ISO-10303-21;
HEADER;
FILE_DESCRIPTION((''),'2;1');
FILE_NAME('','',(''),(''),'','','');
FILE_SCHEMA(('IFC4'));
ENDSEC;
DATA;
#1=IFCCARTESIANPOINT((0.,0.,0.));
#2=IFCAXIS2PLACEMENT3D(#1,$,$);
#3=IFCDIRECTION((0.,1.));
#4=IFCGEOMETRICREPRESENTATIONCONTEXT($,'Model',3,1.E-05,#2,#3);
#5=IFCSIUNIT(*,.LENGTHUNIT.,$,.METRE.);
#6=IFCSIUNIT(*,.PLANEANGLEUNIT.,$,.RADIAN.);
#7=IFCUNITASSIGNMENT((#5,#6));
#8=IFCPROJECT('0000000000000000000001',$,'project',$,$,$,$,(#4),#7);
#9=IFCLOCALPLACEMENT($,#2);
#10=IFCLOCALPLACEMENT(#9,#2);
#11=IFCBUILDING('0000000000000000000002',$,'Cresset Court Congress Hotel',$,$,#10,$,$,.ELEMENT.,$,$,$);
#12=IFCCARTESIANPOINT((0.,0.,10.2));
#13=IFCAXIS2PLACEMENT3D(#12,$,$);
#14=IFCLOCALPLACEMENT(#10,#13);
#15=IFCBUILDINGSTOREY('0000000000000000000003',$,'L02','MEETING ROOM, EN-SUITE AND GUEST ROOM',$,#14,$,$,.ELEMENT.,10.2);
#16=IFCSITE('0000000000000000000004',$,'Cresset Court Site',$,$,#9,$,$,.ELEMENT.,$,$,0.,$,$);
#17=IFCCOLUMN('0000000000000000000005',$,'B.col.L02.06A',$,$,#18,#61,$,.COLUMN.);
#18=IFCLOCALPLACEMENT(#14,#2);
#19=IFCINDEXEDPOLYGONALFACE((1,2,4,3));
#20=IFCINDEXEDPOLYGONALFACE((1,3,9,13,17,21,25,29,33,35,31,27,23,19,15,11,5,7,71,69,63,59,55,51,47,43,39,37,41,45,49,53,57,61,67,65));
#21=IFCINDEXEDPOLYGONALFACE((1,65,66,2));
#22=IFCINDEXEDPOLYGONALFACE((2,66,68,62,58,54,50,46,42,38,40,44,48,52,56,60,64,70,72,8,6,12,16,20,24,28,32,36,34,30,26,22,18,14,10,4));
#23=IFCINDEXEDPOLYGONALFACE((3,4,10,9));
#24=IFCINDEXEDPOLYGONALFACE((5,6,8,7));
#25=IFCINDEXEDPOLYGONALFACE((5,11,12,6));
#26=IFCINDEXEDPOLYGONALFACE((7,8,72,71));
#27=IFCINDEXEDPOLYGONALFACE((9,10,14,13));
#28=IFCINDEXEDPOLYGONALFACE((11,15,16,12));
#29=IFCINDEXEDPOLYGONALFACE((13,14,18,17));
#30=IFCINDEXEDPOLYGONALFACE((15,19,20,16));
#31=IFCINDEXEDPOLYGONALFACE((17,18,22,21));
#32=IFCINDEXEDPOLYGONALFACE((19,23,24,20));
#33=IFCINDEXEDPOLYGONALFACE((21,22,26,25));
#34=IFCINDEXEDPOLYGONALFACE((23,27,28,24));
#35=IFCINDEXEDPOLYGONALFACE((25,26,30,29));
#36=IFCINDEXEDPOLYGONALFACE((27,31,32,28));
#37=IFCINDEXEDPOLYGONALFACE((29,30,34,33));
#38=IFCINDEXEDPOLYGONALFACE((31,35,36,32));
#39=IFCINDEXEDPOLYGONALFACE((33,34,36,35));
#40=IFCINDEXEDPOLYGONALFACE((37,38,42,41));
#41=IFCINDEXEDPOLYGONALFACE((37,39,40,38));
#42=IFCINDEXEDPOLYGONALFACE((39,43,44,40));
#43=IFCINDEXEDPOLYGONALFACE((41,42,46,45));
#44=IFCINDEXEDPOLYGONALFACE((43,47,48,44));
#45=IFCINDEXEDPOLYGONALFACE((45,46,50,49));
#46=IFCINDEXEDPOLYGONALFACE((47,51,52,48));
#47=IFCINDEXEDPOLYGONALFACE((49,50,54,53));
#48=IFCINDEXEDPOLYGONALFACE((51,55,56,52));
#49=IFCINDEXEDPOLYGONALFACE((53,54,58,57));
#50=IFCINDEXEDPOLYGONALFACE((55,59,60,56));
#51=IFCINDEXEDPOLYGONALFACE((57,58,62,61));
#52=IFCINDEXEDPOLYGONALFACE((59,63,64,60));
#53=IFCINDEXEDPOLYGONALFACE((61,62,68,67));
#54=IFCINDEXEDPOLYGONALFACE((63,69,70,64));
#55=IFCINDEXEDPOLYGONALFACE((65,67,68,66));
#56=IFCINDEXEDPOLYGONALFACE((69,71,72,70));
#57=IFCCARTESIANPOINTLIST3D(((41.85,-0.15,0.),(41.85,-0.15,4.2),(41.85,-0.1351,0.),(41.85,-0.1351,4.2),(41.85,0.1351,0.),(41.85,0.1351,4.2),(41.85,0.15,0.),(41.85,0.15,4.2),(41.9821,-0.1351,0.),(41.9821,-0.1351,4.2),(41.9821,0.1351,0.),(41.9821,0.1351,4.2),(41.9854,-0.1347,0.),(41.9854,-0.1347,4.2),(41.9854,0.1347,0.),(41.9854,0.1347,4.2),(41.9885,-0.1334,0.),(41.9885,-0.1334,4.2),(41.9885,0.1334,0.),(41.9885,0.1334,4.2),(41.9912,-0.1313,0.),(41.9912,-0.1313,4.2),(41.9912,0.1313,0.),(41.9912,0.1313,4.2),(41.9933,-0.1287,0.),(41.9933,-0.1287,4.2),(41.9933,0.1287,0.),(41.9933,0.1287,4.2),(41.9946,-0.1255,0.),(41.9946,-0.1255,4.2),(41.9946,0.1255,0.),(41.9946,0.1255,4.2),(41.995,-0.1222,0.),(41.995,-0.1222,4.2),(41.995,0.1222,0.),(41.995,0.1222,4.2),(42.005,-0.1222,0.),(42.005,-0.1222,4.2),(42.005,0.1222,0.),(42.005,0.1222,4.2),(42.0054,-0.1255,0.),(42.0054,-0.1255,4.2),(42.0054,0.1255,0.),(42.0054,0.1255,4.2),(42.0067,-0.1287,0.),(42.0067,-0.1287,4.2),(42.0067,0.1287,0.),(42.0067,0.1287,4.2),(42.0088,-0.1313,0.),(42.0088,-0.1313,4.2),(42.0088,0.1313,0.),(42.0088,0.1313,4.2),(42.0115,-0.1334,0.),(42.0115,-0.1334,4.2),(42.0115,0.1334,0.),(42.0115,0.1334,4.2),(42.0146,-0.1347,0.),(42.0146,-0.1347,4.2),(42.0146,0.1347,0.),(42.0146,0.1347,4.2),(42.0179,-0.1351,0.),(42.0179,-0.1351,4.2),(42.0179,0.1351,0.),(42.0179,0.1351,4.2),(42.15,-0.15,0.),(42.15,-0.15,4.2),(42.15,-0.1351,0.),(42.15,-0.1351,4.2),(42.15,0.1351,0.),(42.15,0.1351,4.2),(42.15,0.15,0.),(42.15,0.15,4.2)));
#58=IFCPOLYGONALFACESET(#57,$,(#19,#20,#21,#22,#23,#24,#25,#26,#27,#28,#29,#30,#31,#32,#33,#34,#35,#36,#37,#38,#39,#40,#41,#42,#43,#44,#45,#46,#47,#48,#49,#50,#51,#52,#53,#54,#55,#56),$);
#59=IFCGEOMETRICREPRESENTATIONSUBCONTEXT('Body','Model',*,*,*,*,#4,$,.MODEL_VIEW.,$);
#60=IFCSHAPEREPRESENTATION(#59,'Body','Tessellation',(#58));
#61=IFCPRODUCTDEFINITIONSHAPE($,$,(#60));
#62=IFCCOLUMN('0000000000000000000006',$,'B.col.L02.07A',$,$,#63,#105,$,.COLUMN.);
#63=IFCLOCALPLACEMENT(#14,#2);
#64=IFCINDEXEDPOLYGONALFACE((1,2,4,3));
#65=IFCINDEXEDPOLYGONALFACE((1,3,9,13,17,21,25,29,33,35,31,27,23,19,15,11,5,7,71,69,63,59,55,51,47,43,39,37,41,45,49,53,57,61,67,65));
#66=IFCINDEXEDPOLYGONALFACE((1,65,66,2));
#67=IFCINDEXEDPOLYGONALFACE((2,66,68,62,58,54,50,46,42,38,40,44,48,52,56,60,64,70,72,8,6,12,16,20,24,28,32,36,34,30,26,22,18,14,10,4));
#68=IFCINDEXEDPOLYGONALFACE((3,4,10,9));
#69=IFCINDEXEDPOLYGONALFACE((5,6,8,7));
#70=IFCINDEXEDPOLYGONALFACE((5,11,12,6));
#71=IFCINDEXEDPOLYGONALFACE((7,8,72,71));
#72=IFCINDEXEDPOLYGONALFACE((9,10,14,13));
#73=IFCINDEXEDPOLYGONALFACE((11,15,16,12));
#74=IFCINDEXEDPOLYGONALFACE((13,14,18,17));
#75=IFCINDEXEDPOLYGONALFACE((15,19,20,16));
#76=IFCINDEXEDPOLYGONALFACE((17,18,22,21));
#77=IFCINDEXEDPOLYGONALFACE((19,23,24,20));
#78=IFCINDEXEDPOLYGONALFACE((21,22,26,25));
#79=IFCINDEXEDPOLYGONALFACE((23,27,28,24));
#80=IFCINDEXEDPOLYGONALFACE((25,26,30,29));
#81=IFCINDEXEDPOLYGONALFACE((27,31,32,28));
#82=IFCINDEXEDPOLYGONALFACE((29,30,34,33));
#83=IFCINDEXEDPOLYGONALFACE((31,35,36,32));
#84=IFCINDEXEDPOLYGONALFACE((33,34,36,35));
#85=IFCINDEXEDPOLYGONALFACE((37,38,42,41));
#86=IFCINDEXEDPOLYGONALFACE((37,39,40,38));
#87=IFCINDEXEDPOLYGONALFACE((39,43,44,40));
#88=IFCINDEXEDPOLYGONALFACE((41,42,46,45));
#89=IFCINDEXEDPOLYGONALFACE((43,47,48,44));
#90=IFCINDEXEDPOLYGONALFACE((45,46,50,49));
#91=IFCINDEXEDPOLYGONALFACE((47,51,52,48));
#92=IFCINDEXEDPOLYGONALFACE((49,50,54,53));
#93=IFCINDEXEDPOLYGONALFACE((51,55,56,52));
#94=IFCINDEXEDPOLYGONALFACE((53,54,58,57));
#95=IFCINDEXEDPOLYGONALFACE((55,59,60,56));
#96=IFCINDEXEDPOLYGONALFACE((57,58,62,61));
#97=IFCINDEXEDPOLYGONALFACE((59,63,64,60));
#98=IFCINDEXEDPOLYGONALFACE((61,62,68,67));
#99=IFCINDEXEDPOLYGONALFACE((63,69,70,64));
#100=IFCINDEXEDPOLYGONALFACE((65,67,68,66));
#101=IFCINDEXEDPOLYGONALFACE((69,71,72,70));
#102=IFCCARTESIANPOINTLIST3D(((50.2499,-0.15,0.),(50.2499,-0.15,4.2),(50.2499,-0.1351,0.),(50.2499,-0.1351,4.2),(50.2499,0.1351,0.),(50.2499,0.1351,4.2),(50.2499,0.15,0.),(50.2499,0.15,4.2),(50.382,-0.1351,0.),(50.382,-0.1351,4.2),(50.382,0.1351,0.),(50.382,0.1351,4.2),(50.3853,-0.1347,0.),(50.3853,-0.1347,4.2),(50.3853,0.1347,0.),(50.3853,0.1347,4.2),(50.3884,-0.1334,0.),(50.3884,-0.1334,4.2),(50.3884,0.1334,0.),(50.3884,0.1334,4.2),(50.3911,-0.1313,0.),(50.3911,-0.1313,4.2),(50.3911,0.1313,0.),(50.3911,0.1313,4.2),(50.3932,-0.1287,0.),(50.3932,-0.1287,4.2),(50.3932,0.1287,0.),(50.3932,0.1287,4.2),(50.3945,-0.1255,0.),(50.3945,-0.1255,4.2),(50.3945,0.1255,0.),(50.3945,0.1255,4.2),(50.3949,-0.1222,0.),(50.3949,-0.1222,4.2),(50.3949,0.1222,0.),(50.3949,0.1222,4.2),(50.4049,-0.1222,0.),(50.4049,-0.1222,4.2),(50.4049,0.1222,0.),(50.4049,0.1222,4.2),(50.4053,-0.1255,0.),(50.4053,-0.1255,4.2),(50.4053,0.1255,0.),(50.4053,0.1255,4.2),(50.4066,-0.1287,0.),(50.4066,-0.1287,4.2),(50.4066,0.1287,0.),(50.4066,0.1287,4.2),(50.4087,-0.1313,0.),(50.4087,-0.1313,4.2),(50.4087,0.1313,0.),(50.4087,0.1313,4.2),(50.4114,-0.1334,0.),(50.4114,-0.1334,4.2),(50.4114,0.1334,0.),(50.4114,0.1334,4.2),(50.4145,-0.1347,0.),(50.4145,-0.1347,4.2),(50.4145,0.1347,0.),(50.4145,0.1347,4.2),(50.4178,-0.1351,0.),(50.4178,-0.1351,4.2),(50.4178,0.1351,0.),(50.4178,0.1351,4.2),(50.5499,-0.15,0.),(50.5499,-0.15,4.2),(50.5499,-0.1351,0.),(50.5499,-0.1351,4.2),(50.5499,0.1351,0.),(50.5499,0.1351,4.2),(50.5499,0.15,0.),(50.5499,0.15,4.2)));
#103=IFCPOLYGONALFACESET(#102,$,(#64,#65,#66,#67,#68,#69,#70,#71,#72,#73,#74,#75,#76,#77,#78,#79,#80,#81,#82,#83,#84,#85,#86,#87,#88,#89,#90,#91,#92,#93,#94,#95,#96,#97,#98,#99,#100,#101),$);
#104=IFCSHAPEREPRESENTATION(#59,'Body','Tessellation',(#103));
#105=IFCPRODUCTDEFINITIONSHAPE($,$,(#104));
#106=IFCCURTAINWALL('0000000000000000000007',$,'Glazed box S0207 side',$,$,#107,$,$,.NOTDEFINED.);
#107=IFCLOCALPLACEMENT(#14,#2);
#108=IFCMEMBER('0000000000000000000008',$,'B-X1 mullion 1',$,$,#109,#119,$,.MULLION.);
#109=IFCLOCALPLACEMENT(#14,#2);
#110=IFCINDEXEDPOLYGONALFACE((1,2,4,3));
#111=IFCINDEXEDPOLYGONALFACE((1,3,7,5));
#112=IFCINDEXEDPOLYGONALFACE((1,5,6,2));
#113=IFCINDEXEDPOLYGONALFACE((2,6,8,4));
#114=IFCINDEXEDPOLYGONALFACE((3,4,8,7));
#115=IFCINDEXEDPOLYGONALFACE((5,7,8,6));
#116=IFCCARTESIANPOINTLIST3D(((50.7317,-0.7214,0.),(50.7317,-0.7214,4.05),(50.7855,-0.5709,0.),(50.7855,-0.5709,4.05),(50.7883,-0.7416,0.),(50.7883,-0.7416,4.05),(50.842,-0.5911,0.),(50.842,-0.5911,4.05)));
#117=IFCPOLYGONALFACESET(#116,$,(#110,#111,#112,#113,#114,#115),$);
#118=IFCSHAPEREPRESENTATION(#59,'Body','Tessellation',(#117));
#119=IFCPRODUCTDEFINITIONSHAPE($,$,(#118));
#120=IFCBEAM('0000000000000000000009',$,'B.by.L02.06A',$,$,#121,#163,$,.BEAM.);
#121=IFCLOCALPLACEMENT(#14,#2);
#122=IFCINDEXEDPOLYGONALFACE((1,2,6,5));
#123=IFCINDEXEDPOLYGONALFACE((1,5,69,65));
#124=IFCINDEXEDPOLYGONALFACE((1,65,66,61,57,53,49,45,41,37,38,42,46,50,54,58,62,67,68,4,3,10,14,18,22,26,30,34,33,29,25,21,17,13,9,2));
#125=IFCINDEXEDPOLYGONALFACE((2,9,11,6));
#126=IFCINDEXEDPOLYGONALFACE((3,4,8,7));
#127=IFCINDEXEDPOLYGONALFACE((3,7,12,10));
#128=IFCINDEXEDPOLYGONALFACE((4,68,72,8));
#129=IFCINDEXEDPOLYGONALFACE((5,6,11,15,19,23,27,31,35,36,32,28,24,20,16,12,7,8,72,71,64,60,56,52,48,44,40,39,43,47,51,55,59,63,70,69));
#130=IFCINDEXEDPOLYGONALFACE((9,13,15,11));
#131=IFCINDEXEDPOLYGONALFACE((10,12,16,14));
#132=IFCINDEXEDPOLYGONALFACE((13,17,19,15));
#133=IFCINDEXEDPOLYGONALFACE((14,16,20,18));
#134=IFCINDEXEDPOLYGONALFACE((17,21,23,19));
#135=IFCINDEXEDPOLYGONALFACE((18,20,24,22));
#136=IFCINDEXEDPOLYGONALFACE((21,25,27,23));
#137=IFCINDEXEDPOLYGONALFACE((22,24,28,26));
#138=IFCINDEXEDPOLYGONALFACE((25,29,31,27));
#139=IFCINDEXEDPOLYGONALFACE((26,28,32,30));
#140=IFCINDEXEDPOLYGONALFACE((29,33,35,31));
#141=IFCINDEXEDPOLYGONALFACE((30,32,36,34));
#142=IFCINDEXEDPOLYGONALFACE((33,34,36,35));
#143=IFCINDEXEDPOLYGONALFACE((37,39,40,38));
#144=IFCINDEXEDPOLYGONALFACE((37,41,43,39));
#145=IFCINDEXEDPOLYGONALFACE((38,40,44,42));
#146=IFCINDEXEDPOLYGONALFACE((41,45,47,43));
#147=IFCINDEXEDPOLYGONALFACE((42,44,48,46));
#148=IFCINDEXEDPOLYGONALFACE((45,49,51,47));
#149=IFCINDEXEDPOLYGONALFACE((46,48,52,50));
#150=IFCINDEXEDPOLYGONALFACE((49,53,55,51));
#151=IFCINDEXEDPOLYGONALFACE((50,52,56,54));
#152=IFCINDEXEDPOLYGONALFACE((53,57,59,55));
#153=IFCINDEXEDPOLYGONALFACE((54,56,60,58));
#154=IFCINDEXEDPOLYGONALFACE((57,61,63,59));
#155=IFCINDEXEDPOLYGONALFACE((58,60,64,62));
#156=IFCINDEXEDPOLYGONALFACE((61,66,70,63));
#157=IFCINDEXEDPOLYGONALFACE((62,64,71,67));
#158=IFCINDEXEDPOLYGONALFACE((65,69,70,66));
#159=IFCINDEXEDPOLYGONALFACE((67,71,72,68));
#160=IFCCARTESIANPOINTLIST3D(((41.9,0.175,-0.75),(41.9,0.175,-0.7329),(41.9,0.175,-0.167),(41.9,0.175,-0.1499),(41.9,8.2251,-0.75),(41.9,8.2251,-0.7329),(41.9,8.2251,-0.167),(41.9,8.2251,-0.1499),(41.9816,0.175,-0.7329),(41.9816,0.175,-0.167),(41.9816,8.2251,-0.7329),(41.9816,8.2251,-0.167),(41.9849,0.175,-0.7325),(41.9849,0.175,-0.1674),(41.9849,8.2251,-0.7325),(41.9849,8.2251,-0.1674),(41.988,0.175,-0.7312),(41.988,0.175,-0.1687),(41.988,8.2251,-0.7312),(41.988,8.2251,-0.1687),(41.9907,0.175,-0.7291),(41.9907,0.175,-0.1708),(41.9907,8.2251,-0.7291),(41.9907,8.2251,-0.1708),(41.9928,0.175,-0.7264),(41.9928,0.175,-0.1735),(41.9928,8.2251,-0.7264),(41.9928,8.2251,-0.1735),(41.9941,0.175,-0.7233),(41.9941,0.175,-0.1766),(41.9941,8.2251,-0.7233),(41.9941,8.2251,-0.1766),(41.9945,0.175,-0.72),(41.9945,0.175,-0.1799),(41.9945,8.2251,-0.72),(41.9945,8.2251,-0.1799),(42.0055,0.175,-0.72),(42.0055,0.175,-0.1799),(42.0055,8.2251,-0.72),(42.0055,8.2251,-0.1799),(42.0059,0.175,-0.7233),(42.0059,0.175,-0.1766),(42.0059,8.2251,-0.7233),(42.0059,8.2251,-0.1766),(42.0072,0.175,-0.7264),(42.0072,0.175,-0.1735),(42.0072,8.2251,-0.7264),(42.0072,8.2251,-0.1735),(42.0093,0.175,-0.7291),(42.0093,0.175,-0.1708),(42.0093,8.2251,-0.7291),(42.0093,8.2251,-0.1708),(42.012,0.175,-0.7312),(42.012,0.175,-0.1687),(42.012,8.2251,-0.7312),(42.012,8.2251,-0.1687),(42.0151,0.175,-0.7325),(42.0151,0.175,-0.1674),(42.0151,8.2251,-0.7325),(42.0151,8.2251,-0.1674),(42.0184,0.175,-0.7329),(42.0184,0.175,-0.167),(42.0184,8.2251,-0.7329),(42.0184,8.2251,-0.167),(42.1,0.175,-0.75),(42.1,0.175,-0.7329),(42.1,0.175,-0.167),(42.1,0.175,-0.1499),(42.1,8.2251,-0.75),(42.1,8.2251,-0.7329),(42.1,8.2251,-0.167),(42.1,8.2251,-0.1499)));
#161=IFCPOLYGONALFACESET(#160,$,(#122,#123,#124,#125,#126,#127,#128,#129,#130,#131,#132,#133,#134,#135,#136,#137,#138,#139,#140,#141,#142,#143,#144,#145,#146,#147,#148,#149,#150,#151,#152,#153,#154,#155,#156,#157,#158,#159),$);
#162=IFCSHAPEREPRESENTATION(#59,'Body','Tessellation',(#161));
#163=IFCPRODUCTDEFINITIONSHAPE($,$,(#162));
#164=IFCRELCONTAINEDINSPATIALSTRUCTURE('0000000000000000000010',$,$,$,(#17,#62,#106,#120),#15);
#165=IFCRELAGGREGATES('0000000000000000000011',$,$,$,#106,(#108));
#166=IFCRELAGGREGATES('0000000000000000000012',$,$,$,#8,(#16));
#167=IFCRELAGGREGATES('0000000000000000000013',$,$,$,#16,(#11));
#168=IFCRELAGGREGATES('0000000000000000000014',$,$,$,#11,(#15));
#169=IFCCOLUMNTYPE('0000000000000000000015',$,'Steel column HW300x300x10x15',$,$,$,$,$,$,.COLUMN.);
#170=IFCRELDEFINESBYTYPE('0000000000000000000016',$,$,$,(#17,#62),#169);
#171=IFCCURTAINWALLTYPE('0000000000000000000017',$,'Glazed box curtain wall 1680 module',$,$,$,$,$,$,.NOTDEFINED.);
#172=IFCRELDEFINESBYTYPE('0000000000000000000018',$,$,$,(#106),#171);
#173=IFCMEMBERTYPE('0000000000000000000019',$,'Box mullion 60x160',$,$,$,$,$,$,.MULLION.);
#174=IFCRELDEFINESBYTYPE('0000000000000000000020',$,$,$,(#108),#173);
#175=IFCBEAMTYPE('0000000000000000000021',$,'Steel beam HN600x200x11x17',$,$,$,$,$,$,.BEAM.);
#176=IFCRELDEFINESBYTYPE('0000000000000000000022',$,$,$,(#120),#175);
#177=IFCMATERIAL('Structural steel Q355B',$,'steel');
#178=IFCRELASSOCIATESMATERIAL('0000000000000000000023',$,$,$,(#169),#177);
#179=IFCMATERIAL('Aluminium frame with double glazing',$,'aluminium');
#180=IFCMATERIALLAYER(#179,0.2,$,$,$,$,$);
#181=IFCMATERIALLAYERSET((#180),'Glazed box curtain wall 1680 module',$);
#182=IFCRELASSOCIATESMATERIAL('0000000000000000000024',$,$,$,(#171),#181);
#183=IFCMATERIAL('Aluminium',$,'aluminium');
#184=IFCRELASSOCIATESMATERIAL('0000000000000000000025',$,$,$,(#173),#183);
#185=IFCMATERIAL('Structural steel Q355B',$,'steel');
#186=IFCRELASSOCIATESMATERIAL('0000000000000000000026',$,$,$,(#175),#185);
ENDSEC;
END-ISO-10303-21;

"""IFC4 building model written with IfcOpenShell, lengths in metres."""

from ifc_helpers import new_model, si_unit, direction, frame, origin, origin_2d, place, context, subcontext, project, spatial, rectangle, i_section, extrude, material, layer, layer_set, material_profile, profile_set, type_object, element, aggregate, save


model = new_model("IFC4")

# Units and contexts
model_context = context("Model", 3, precision=1e-05, world=origin(), true_north=direction((0.0, 1.0)))
body_context = subcontext(model_context, "Body", "Model", "MODEL_VIEW")
ifc_project = project(units=[si_unit("LENGTHUNIT", "METRE"), si_unit("PLANEANGLEUNIT", "RADIAN")], contexts=[model_context])

# Site, building, storey
site_placement = place(None, origin())
site = spatial("IfcSite", under=ifc_project, at=site_placement, Name="Cresset Court Site", CompositionType="ELEMENT", RefElevation=0.0)
building_placement = place(site_placement, origin())
building = spatial("IfcBuilding", under=site, at=building_placement, Name="Cresset Court Congress Hotel", CompositionType="ELEMENT")
storey_placement = place(building_placement, frame((0.0, 0.0, 10.2)))
storey = spatial("IfcBuildingStorey", under=building, at=storey_placement, Name="L02", Description="MEETING ROOM, EN-SUITE AND GUEST ROOM", CompositionType="ELEMENT", Elevation=10.2)

# Columns
ifc_material_1 = material(Name="Structural steel Q355B", Category="steel")
ifc_material_profile_1 = material_profile(ifc_material_1, i_section(OverallWidth=0.3, OverallDepth=0.3, WebThickness=0.01, FlangeThickness=0.0149, FilletRadius=0.0129, at=origin_2d()), Name="HW300x300x10x15")
ifc_profile_set_1 = profile_set([ifc_material_profile_1], Name="Structural steel Q355B")
column_type = type_object("IfcColumnType", Name="Steel column HW300x300x10x15", PredefinedType="COLUMN", material=ifc_profile_set_1)
for number, where, z_axis, x_axis, name in (
    (1, (42.0, 0.0, 0.0), (0.0, 0.0, 1.0), (1.0, 0.0, 0.0), "B.col.L02.06A"),
    (2, (50.3999, 0.0, 0.0), (0.0, 0.0, 1.0), (1.0, 0.0, 0.0), "B.col.L02.07A"),
):
    element("IfcColumn", number, at=place(storey_placement, frame(where, z_axis=z_axis, x_axis=x_axis)), inside=storey, type_object=column_type, Name=name, PredefinedType="COLUMN", context=body_context, shape_type="SweptSolid", body=[
        extrude(i_section(OverallWidth=0.3, OverallDepth=0.3, WebThickness=0.01, FlangeThickness=0.0149, FilletRadius=0.0129, at=origin_2d()), origin(), (0.0, 0.0, 1.0), 4.2),
    ])

# Curtain wall, member
ifc_material_2 = material(Name="Aluminium frame with double glazing", Category="aluminium")
ifc_layer_1 = layer(ifc_material_2, 0.2)
ifc_layer_set_1 = layer_set([ifc_layer_1], Name="Glazed box curtain wall 1680 module")
curtain_wall_type = type_object("IfcCurtainWallType", Name="Glazed box curtain wall 1680 module", PredefinedType="NOTDEFINED", material=ifc_layer_set_1)
curtain_wall_placement = place(storey_placement, origin())
curtain_wall = element("IfcCurtainWall", 3, at=curtain_wall_placement, inside=storey, type_object=curtain_wall_type, Name="Glazed box S0207 side", PredefinedType="NOTDEFINED")
ifc_material_3 = material(Name="Aluminium", Category="aluminium")
ifc_material_profile_2 = material_profile(ifc_material_3, rectangle(XDim=0.0601, YDim=0.1599, at=origin_2d()), Name="Box mullion 60x160")
ifc_profile_set_2 = profile_set([ifc_material_profile_2], Name="Aluminium")
member_type = type_object("IfcMemberType", Name="Box mullion 60x160", PredefinedType="MULLION", material=ifc_profile_set_2)
member_placement = place(storey_placement, frame((50.7869, -0.6562, 0.0), z_axis=(0.0, 0.0, 1.0), x_axis=(-0.941742, 0.336336, 0.0)))
member = element("IfcMember", 4, at=member_placement, type_object=member_type, Name="B-X1 mullion 1", PredefinedType="MULLION", context=body_context, shape_type="SweptSolid", body=[
    extrude(rectangle(XDim=0.0601, YDim=0.1599, at=origin_2d()), origin(), (0.0, 0.0, 1.0), 4.05),
])
aggregate(curtain_wall, [member])

# Beam
ifc_material_4 = material(Name="Structural steel Q355B", Category="steel")
ifc_material_profile_3 = material_profile(ifc_material_4, i_section(OverallWidth=0.2, OverallDepth=0.6001, WebThickness=0.011, FlangeThickness=0.0171, FilletRadius=0.0129, at=origin_2d()), Name="HN600x200x11x17")
ifc_profile_set_3 = profile_set([ifc_material_profile_3], Name="Structural steel Q355B")
beam_type_1 = type_object("IfcBeamType", Name="Steel beam HN600x200x11x17", PredefinedType="BEAM", material=ifc_profile_set_3)
for number, where, z_axis, x_axis, name in (
    (5, (42.0, 0.175, -0.45), (0.0, 1.0, 0.0), (-1.0, 0.0, 0.0), "B.by.L02.06A"),
):
    element("IfcBeam", number, at=place(storey_placement, frame(where, z_axis=z_axis, x_axis=x_axis)), inside=storey, type_object=beam_type_1, Name=name, PredefinedType="BEAM", context=body_context, shape_type="SweptSolid", body=[
        extrude(i_section(OverallWidth=0.2, OverallDepth=0.6001, WebThickness=0.011, FlangeThickness=0.0171, FilletRadius=0.0129, at=origin_2d()), origin(), (0.0, 0.0, 1.0), 8.05),
    ])

save(model, "model.ifc")
